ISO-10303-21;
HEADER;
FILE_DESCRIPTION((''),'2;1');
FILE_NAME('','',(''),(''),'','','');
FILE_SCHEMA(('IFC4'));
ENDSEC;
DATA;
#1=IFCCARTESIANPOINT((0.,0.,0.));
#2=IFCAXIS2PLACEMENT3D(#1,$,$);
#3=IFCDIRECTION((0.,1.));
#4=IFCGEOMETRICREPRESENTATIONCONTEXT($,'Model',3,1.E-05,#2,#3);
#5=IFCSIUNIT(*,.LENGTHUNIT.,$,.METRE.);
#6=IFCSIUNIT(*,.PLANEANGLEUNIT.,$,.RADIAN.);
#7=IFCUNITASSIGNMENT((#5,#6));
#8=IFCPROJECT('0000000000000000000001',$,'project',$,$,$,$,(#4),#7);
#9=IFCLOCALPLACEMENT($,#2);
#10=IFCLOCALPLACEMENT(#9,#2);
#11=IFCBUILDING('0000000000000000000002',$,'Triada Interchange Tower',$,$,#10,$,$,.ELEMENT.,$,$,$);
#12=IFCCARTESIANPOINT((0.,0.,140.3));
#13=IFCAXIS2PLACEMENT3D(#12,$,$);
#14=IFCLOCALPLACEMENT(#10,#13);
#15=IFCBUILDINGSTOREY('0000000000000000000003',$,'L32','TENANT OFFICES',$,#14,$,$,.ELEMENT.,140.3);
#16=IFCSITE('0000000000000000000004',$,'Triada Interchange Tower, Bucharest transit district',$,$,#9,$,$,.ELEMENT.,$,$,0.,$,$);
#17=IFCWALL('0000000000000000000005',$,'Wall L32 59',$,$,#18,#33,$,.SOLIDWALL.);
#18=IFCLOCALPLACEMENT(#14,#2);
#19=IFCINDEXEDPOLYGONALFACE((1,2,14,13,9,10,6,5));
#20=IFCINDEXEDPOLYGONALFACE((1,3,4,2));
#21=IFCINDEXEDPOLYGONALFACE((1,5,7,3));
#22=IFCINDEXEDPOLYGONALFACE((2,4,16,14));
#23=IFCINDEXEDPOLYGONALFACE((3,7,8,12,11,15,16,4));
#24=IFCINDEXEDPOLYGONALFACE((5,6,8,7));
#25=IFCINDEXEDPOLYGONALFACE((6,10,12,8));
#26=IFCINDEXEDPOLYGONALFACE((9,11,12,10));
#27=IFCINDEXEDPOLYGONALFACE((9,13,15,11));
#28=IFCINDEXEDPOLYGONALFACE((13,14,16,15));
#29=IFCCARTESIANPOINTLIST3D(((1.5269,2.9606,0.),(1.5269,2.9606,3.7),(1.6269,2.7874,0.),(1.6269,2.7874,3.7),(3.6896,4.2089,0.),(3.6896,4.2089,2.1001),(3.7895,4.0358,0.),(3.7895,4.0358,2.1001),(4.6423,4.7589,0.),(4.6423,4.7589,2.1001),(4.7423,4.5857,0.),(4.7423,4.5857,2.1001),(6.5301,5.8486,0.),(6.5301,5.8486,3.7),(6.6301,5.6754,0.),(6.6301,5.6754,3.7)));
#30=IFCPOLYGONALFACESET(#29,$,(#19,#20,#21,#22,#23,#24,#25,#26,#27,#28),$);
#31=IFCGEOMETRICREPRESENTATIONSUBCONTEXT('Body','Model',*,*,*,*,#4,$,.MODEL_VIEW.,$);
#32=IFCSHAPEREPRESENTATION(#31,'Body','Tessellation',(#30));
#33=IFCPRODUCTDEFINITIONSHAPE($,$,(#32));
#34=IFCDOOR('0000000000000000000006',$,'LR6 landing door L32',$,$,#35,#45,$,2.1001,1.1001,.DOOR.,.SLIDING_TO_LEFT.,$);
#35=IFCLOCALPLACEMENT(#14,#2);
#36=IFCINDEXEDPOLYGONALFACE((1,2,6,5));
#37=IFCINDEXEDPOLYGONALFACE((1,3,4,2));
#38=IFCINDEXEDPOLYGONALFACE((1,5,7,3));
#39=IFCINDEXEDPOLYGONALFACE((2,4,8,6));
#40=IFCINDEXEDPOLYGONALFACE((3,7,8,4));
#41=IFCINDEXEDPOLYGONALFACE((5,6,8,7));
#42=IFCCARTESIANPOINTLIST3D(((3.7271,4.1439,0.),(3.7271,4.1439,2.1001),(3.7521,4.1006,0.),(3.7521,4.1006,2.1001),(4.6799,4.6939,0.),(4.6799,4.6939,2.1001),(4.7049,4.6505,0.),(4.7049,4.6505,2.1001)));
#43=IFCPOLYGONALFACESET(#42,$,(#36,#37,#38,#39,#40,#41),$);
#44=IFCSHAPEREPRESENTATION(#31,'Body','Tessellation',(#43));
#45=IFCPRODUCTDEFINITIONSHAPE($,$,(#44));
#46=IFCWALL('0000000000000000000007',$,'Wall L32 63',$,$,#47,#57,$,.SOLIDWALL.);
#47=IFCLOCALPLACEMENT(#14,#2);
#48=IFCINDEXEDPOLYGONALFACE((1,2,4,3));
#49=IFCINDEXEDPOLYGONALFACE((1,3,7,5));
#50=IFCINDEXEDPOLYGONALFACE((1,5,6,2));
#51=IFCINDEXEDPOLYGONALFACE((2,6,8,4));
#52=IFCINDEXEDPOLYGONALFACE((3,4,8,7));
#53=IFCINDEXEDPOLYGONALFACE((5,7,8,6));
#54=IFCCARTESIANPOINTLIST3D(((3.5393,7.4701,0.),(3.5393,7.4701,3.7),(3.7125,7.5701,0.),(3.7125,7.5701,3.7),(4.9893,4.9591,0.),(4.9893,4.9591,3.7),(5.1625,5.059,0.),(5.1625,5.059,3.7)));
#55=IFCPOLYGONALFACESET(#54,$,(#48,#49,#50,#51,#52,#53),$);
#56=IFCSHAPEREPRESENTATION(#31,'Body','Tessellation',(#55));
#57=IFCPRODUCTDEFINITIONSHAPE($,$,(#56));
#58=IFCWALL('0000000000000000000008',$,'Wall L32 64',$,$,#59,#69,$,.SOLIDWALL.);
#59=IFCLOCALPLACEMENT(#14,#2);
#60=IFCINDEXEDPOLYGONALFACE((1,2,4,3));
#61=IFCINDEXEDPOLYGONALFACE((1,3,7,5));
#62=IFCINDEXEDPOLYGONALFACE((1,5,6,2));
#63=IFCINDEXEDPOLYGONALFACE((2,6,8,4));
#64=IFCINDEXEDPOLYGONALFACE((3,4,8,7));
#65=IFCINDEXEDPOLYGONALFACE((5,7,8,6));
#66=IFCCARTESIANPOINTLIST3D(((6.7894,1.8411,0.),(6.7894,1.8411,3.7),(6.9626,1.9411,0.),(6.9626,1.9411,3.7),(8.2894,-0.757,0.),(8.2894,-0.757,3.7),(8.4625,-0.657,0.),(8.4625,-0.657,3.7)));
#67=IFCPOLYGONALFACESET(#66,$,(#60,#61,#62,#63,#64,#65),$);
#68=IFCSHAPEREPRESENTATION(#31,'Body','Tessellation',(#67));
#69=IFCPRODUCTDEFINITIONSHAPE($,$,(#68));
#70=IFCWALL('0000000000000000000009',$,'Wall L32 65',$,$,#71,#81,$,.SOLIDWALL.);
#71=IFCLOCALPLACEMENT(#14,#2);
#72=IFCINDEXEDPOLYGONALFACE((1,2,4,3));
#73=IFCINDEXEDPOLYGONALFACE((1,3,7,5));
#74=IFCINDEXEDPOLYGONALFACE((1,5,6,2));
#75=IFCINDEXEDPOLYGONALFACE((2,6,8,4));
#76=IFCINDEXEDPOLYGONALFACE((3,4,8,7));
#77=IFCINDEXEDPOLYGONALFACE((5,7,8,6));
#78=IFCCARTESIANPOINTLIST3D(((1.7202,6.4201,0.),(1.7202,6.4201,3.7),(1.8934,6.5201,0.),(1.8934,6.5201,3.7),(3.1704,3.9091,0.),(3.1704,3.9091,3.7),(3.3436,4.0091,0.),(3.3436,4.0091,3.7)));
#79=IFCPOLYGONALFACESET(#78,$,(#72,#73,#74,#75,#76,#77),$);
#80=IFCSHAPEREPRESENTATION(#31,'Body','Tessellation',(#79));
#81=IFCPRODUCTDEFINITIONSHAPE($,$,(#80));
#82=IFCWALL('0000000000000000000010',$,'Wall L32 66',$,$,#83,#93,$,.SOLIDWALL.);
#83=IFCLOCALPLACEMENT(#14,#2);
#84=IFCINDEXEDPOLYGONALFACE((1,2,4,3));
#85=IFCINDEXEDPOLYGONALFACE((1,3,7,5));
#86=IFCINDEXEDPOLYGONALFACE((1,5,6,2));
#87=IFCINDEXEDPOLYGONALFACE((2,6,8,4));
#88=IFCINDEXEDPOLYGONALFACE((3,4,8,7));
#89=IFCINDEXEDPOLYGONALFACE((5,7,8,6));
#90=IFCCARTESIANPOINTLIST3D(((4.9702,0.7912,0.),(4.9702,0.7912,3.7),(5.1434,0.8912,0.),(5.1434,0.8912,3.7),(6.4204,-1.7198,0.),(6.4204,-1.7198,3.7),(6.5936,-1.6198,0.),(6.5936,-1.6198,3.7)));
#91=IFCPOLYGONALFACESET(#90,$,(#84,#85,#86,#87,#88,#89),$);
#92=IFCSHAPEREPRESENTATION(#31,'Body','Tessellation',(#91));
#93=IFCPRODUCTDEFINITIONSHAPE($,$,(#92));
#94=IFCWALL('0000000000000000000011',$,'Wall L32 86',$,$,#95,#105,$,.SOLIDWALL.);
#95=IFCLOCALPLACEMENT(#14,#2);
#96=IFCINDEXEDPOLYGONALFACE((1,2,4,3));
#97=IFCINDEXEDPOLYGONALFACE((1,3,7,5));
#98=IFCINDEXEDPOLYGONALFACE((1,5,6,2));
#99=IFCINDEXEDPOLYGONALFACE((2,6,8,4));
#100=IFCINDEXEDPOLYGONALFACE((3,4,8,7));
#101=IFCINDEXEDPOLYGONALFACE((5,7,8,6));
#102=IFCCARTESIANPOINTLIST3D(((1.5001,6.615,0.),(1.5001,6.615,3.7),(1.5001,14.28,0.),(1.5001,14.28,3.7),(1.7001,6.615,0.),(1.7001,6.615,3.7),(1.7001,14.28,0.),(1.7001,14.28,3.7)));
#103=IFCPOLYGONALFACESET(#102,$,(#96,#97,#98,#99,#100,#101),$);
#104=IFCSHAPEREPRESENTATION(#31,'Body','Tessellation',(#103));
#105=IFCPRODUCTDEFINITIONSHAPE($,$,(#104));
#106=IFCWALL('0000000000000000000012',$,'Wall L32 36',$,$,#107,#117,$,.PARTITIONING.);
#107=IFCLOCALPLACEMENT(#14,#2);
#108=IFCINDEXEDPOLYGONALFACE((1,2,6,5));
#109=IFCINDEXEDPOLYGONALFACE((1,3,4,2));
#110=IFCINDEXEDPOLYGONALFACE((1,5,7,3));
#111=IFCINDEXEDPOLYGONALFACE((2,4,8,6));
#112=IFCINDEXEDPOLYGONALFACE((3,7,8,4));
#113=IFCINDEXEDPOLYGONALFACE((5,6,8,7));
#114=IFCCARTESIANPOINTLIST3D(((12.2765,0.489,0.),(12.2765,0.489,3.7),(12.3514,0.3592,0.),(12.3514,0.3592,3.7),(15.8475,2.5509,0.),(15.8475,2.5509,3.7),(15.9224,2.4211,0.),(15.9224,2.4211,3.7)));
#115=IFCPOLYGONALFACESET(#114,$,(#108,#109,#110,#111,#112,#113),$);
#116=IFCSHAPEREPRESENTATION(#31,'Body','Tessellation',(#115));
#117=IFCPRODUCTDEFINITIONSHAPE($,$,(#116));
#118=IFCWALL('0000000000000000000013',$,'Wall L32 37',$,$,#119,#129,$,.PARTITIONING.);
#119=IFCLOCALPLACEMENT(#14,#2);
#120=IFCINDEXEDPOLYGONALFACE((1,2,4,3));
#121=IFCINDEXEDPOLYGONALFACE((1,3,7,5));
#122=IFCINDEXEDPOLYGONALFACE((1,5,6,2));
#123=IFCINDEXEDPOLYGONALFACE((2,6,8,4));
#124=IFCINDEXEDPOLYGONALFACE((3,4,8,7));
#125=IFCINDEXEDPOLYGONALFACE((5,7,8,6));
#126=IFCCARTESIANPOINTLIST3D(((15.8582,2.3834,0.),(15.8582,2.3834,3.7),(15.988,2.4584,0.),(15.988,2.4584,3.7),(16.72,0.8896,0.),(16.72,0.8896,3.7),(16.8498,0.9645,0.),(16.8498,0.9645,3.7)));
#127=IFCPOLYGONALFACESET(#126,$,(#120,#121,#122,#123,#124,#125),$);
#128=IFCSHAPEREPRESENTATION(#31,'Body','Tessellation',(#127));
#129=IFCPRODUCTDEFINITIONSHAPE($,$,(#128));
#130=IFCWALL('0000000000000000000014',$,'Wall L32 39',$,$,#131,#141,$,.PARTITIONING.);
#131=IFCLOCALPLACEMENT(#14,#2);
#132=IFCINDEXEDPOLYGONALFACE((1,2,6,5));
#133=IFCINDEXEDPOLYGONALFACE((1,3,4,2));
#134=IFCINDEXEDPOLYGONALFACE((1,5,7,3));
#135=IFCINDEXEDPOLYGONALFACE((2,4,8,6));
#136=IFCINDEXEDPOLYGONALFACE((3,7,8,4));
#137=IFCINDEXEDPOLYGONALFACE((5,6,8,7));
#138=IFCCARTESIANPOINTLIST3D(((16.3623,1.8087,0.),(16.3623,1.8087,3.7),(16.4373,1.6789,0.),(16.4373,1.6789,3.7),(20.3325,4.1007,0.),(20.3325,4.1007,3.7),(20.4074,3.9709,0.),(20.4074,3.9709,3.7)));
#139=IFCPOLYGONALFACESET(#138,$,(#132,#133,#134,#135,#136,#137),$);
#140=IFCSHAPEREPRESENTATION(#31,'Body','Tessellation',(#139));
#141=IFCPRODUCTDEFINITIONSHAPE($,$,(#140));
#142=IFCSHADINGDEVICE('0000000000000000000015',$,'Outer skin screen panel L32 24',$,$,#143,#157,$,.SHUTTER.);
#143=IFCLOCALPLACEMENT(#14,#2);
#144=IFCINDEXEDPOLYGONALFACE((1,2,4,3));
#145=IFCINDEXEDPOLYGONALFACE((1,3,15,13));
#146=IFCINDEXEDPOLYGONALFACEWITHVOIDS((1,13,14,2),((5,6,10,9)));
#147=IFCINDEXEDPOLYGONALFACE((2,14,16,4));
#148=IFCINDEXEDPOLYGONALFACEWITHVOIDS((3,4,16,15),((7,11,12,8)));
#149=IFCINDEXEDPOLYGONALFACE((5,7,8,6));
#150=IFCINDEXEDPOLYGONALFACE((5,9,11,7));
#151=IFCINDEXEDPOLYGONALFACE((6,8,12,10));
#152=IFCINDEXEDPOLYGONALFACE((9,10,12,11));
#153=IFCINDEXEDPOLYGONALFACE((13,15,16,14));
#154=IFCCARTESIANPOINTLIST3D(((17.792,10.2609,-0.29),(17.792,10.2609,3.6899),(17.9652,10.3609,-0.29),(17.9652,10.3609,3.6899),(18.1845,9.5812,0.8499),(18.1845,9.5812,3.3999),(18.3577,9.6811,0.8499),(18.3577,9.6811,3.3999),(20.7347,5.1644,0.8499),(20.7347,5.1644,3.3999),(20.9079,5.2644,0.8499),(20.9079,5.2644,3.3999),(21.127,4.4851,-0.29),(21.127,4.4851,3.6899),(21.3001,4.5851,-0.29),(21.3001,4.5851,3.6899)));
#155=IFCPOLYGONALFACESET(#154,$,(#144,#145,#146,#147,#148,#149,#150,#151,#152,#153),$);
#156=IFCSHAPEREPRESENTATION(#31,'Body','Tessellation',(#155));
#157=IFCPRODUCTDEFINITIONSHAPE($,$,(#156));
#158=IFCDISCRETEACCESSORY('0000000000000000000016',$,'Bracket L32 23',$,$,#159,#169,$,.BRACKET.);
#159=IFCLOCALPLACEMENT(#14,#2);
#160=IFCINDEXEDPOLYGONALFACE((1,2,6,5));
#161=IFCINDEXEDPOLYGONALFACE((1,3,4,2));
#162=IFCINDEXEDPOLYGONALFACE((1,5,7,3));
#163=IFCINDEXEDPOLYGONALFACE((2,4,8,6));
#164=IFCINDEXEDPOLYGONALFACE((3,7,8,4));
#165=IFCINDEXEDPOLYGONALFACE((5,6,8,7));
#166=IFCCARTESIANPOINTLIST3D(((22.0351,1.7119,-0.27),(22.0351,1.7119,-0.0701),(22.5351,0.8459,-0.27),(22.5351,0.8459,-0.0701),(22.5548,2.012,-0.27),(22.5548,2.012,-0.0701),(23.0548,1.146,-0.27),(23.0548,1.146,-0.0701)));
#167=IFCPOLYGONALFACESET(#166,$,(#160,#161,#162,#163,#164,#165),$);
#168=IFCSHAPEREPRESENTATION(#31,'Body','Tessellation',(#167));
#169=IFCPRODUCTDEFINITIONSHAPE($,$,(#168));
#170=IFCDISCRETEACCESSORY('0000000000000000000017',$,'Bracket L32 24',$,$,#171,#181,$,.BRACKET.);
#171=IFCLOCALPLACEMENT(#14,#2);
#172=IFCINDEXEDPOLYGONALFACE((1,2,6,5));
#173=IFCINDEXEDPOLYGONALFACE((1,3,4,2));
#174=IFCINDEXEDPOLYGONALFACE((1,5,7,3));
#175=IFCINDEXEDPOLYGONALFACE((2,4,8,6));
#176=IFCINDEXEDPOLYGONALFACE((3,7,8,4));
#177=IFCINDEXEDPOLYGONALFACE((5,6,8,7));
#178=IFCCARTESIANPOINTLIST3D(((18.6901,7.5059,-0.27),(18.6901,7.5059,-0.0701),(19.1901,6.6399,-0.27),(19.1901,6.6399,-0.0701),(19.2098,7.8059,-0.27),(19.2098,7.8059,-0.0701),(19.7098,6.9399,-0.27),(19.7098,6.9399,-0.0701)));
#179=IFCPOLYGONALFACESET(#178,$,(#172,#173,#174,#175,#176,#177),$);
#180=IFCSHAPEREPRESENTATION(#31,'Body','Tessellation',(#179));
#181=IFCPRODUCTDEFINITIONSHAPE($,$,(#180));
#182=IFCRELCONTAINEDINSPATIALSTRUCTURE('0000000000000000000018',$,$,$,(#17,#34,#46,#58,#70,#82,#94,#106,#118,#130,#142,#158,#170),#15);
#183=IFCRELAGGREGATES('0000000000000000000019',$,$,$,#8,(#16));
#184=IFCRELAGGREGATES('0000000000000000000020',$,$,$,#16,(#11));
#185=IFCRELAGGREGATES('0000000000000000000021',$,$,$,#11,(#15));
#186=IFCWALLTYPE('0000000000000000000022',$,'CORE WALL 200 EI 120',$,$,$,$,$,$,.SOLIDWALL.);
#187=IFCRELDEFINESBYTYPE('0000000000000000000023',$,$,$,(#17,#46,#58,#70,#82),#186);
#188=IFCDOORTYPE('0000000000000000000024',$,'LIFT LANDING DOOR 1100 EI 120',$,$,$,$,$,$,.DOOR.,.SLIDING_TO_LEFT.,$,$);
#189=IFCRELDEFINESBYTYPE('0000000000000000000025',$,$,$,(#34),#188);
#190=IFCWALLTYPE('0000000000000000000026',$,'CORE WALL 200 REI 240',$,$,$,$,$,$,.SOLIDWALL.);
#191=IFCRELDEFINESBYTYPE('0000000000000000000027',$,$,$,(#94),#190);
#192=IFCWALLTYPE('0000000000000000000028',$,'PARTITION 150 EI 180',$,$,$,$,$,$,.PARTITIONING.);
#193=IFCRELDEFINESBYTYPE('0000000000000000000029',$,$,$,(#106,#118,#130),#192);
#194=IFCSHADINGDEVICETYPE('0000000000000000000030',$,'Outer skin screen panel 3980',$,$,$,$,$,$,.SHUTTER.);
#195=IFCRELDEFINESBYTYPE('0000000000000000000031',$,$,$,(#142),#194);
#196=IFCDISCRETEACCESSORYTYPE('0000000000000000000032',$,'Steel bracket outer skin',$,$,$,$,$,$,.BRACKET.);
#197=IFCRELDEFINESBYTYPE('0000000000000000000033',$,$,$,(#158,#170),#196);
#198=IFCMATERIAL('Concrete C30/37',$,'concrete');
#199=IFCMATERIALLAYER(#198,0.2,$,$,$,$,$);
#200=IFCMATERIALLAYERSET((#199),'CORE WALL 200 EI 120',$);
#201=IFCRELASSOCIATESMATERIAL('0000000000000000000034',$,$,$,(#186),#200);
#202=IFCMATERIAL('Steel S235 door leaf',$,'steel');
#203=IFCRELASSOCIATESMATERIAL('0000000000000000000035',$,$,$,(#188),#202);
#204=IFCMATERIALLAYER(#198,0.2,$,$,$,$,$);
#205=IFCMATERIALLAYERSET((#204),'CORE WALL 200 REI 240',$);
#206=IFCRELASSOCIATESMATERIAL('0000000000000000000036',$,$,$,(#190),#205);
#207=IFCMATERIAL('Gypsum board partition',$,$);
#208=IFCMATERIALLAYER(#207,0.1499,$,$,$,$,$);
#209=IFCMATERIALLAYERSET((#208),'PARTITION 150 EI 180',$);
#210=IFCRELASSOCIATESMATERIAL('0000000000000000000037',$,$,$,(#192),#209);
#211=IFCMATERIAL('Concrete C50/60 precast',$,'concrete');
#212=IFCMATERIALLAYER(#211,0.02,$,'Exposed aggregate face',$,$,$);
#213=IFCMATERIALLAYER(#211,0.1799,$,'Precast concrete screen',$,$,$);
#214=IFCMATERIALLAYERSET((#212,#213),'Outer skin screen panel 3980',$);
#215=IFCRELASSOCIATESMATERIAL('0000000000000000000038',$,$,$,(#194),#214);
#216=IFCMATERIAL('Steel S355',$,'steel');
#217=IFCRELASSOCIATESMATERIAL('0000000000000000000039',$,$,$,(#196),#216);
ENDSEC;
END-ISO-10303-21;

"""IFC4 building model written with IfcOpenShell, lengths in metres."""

from ifc_helpers import new_model, si_unit, direction, frame, frame_2d, origin, origin_2d, place, context, subcontext, project, spatial, polyline, rectangle, outline, extrude, material, layer, layer_set, type_object, element, fill, save


model = new_model("IFC4")

# Units and contexts
model_context = context("Model", 3, precision=1e-05, world=origin(), true_north=direction((0.0, 1.0)))
body_context = subcontext(model_context, "Body", "Model", "MODEL_VIEW")
ifc_project = project(units=[si_unit("LENGTHUNIT", "METRE"), si_unit("PLANEANGLEUNIT", "RADIAN")], contexts=[model_context])

# Site, building, storey
site_placement = place(None, origin())
site = spatial("IfcSite", under=ifc_project, at=site_placement, Name="Triada Interchange Tower, Bucharest transit district", CompositionType="ELEMENT", RefElevation=0.0)
building_placement = place(site_placement, origin())
building = spatial("IfcBuilding", under=site, at=building_placement, Name="Triada Interchange Tower", CompositionType="ELEMENT")
storey_placement = place(building_placement, frame((0.0, 0.0, 140.3)))
storey = spatial("IfcBuildingStorey", under=building, at=storey_placement, Name="L32", Description="TENANT OFFICES", CompositionType="ELEMENT", Elevation=140.3)

# Wall, opening, door
ifc_material_1 = material(Name="Concrete C30/37", Category="concrete")
ifc_layer_1 = layer(ifc_material_1, 0.2)
ifc_layer_set_1 = layer_set([ifc_layer_1], Name="CORE WALL 200 EI 120")
wall_type_1 = type_object("IfcWallType", Name="CORE WALL 200 EI 120", PredefinedType="SOLIDWALL", material=ifc_layer_set_1)
ifc_material_2 = material(Name="Steel S235 door leaf", Category="steel")
door_type = type_object("IfcDoorType", Name="LIFT LANDING DOOR 1100 EI 120", OperationType="SLIDING_TO_LEFT", PredefinedType="DOOR", material=ifc_material_2)
wall_1_placement = place(storey_placement, frame((1.5769, 2.874, 0.0), z_axis=(0.0, 0.0, 1.0), x_axis=(0.866074, 0.499916, 0.0)))
wall_1 = element("IfcWall", 1, at=wall_1_placement, inside=storey, type_object=wall_type_1, Name="Wall L32 59", PredefinedType="SOLIDWALL", context=body_context, shape_type="SweptSolid", body=[
    extrude(rectangle(XDim=5.7769, YDim=0.2, at=frame_2d((2.8884, 0.0))), origin(), (0.0, 0.0, 1.0), 3.7),
])
opening_1_placement = place(wall_1_placement, frame((2.4971, 0.0, 0.0)))
opening_1 = element("IfcOpeningElement", 2, at=opening_1_placement, cuts=wall_1, PredefinedType="OPENING", context=body_context, shape_type="SweptSolid", body=[
    extrude(rectangle(XDim=1.1001, YDim=2.1001, at=frame_2d((0.55, 1.05))), frame((0.0, 0.1099, 0.0), z_axis=(0.0, -1.0, 0.0), x_axis=(1.0, 0.0, 0.0)), (0.0, 0.0, 1.0), 0.22),
])
door_1_placement = place(opening_1_placement, origin())
door_1 = element("IfcDoor", 3, at=door_1_placement, inside=storey, type_object=door_type, Name="LR6 landing door L32", OperationType="SLIDING_TO_LEFT", OverallHeight=2.1001, OverallWidth=1.1001, PredefinedType="DOOR", context=body_context, shape_type="SweptSolid", body=[
    extrude(rectangle(XDim=1.1001, YDim=2.1001, at=frame_2d((0.55, 1.05))), frame((0.0, 0.0249, 0.0), z_axis=(0.0, -1.0, 0.0), x_axis=(1.0, 0.0, 0.0)), (0.0, 0.0, 1.0), 0.05),
])
fill(opening_1, door_1)

# Walls
wall_2_placement = place(storey_placement, frame((3.626, 7.52, 0.0), z_axis=(0.0, 0.0, 1.0), x_axis=(0.50006, -0.865991, 0.0)))
element("IfcWall", 4, at=wall_2_placement, inside=storey, type_object=wall_type_1, Name="Wall L32 63", PredefinedType="SOLIDWALL", context=body_context, shape_type="SweptSolid", body=[
    extrude(rectangle(XDim=2.8997, YDim=0.2, at=frame_2d((1.4497, 0.0))), origin(), (0.0, 0.0, 1.0), 3.7),
])
wall_3_placement = place(storey_placement, frame((6.876, 1.8911, 0.0), z_axis=(0.0, 0.0, 1.0), x_axis=(0.49999, -0.866031, 0.0)))
element("IfcWall", 5, at=wall_3_placement, inside=storey, type_object=wall_type_1, Name="Wall L32 64", PredefinedType="SOLIDWALL", context=body_context, shape_type="SweptSolid", body=[
    extrude(rectangle(XDim=3.0, YDim=0.2, at=frame_2d((1.5, 0.0))), origin(), (0.0, 0.0, 1.0), 3.7),
])
for number, where, z_axis, x_axis, name in (
    (6, (1.8069, 6.47, 0.0), (0.0, 0.0, 1.0), (0.500123, -0.865954, 0.0), "Wall L32 65"),
    (7, (5.0569, 0.8411, 0.0), (0.0, 0.0, 1.0), (0.500123, -0.865954, 0.0), "Wall L32 66"),
):
    element("IfcWall", number, at=place(storey_placement, frame(where, z_axis=z_axis, x_axis=x_axis)), inside=storey, type_object=wall_type_1, Name=name, PredefinedType="SOLIDWALL", context=body_context, shape_type="SweptSolid", body=[
        extrude(rectangle(XDim=2.8997, YDim=0.2, at=frame_2d((1.4497, 0.0))), origin(), (0.0, 0.0, 1.0), 3.7),
    ])
ifc_layer_2 = layer(ifc_material_1, 0.2)
ifc_layer_set_2 = layer_set([ifc_layer_2], Name="CORE WALL 200 REI 240")
wall_type_2 = type_object("IfcWallType", Name="CORE WALL 200 REI 240", PredefinedType="SOLIDWALL", material=ifc_layer_set_2)
wall_4_placement = place(storey_placement, frame((1.6001, 6.615, 0.0), z_axis=(0.0, 0.0, 1.0), x_axis=(0.0, 1.0, 0.0)))
element("IfcWall", 8, at=wall_4_placement, inside=storey, type_object=wall_type_2, Name="Wall L32 86", PredefinedType="SOLIDWALL", context=body_context, shape_type="SweptSolid", body=[
    extrude(rectangle(XDim=7.665, YDim=0.2, at=frame_2d((3.8325, 0.0))), origin(), (0.0, 0.0, 1.0), 3.7),
])
ifc_material_3 = material(Name="Gypsum board partition")
ifc_layer_3 = layer(ifc_material_3, 0.1499)
ifc_layer_set_3 = layer_set([ifc_layer_3], Name="PARTITION 150 EI 180")
wall_type_3 = type_object("IfcWallType", Name="PARTITION 150 EI 180", PredefinedType="PARTITIONING", material=ifc_layer_set_3)
wall_5_placement = place(storey_placement, frame((12.314, 0.4241, 0.0), z_axis=(0.0, 0.0, 1.0), x_axis=(0.865997, 0.500049, 0.0)))
element("IfcWall", 9, at=wall_5_placement, inside=storey, type_object=wall_type_3, Name="Wall L32 36", PredefinedType="PARTITIONING", context=body_context, shape_type="SweptSolid", body=[
    extrude(rectangle(XDim=4.1235, YDim=0.1499, at=frame_2d((2.0618, 0.0))), origin(), (0.0, 0.0, 1.0), 3.7),
])
wall_6_placement = place(storey_placement, frame((15.9231, 2.4209, 0.0), z_axis=(0.0, 0.0, 1.0), x_axis=(0.499702, -0.866197, 0.0)))
element("IfcWall", 10, at=wall_6_placement, inside=storey, type_object=wall_type_3, Name="Wall L32 37", PredefinedType="PARTITIONING", context=body_context, shape_type="SweptSolid", body=[
    extrude(rectangle(XDim=1.7246, YDim=0.1499, at=frame_2d((0.8623, 0.0))), origin(), (0.0, 0.0, 1.0), 3.7),
])
wall_7_placement = place(storey_placement, frame((16.3999, 1.7439, 0.0), z_axis=(0.0, 0.0, 1.0), x_axis=(0.866045, 0.499965, 0.0)))
element("IfcWall", 11, at=wall_7_placement, inside=storey, type_object=wall_type_3, Name="Wall L32 39", PredefinedType="PARTITIONING", context=body_context, shape_type="SweptSolid", body=[
    extrude(rectangle(XDim=4.5842, YDim=0.1499, at=frame_2d((2.292, 0.0))), origin(), (0.0, 0.0, 1.0), 3.7),
])

# Shading device
ifc_material_4 = material(Name="Concrete C50/60 precast", Category="concrete")
ifc_layer_4 = layer(ifc_material_4, 0.02, Name="Exposed aggregate face")
ifc_layer_5 = layer(ifc_material_4, 0.1799, Name="Precast concrete screen")
ifc_layer_set_4 = layer_set([ifc_layer_4, ifc_layer_5], Name="Outer skin screen panel 3980")
shading_device_type = type_object("IfcShadingDeviceType", Name="Outer skin screen panel 3980", PredefinedType="SHUTTER", material=ifc_layer_set_4)
shading_device_placement = place(storey_placement, frame((21.127, 4.4851, -0.29), z_axis=(0.0, 0.0, 1.0), x_axis=(-0.500029, 0.866009, 0.0)))
element("IfcShadingDevice", 12, at=shading_device_placement, inside=storey, type_object=shading_device_type, Name="Outer skin screen panel L32 24", PredefinedType="SHUTTER", context=body_context, shape_type="SweptSolid", body=[
    extrude(outline(polyline([(0.0, 0.0), (6.6694, 0.0), (6.6694, 3.98), (0.0, 3.98), (0.0, 0.0)]), holes=[polyline([(0.7844, 1.1399), (0.7844, 3.6899), (5.8845, 3.6899), (5.8845, 1.1399), (0.7844, 1.1399)])]), frame((0.0, 0.0, 0.0), z_axis=(0.0, -1.0, 0.0), x_axis=(1.0, 0.0, 0.0)), (0.0, 0.0, 1.0), 0.2),
])

# Discrete accessories
ifc_material_5 = material(Name="Steel S355", Category="steel")
discrete_accessory_type = type_object("IfcDiscreteAccessoryType", Name="Steel bracket outer skin", PredefinedType="BRACKET", material=ifc_material_5)
for number, where, z_axis, x_axis, name in (
    (13, (22.5449, 1.429, -0.27), (0.0, 0.0, 1.0), (0.866021, 0.500007, 0.0), "Bracket L32 23"),
    (14, (19.2, 7.2229, -0.27), (0.0, 0.0, 1.0), (0.866021, 0.500007, 0.0), "Bracket L32 24"),
):
    element("IfcDiscreteAccessory", number, at=place(storey_placement, frame(where, z_axis=z_axis, x_axis=x_axis)), inside=storey, type_object=discrete_accessory_type, Name=name, PredefinedType="BRACKET", context=body_context, shape_type="SweptSolid", body=[
        extrude(rectangle(XDim=0.6001, YDim=1.0, at=origin_2d()), origin(), (0.0, 0.0, 1.0), 0.2),
    ])

save(model, "model.ifc")
